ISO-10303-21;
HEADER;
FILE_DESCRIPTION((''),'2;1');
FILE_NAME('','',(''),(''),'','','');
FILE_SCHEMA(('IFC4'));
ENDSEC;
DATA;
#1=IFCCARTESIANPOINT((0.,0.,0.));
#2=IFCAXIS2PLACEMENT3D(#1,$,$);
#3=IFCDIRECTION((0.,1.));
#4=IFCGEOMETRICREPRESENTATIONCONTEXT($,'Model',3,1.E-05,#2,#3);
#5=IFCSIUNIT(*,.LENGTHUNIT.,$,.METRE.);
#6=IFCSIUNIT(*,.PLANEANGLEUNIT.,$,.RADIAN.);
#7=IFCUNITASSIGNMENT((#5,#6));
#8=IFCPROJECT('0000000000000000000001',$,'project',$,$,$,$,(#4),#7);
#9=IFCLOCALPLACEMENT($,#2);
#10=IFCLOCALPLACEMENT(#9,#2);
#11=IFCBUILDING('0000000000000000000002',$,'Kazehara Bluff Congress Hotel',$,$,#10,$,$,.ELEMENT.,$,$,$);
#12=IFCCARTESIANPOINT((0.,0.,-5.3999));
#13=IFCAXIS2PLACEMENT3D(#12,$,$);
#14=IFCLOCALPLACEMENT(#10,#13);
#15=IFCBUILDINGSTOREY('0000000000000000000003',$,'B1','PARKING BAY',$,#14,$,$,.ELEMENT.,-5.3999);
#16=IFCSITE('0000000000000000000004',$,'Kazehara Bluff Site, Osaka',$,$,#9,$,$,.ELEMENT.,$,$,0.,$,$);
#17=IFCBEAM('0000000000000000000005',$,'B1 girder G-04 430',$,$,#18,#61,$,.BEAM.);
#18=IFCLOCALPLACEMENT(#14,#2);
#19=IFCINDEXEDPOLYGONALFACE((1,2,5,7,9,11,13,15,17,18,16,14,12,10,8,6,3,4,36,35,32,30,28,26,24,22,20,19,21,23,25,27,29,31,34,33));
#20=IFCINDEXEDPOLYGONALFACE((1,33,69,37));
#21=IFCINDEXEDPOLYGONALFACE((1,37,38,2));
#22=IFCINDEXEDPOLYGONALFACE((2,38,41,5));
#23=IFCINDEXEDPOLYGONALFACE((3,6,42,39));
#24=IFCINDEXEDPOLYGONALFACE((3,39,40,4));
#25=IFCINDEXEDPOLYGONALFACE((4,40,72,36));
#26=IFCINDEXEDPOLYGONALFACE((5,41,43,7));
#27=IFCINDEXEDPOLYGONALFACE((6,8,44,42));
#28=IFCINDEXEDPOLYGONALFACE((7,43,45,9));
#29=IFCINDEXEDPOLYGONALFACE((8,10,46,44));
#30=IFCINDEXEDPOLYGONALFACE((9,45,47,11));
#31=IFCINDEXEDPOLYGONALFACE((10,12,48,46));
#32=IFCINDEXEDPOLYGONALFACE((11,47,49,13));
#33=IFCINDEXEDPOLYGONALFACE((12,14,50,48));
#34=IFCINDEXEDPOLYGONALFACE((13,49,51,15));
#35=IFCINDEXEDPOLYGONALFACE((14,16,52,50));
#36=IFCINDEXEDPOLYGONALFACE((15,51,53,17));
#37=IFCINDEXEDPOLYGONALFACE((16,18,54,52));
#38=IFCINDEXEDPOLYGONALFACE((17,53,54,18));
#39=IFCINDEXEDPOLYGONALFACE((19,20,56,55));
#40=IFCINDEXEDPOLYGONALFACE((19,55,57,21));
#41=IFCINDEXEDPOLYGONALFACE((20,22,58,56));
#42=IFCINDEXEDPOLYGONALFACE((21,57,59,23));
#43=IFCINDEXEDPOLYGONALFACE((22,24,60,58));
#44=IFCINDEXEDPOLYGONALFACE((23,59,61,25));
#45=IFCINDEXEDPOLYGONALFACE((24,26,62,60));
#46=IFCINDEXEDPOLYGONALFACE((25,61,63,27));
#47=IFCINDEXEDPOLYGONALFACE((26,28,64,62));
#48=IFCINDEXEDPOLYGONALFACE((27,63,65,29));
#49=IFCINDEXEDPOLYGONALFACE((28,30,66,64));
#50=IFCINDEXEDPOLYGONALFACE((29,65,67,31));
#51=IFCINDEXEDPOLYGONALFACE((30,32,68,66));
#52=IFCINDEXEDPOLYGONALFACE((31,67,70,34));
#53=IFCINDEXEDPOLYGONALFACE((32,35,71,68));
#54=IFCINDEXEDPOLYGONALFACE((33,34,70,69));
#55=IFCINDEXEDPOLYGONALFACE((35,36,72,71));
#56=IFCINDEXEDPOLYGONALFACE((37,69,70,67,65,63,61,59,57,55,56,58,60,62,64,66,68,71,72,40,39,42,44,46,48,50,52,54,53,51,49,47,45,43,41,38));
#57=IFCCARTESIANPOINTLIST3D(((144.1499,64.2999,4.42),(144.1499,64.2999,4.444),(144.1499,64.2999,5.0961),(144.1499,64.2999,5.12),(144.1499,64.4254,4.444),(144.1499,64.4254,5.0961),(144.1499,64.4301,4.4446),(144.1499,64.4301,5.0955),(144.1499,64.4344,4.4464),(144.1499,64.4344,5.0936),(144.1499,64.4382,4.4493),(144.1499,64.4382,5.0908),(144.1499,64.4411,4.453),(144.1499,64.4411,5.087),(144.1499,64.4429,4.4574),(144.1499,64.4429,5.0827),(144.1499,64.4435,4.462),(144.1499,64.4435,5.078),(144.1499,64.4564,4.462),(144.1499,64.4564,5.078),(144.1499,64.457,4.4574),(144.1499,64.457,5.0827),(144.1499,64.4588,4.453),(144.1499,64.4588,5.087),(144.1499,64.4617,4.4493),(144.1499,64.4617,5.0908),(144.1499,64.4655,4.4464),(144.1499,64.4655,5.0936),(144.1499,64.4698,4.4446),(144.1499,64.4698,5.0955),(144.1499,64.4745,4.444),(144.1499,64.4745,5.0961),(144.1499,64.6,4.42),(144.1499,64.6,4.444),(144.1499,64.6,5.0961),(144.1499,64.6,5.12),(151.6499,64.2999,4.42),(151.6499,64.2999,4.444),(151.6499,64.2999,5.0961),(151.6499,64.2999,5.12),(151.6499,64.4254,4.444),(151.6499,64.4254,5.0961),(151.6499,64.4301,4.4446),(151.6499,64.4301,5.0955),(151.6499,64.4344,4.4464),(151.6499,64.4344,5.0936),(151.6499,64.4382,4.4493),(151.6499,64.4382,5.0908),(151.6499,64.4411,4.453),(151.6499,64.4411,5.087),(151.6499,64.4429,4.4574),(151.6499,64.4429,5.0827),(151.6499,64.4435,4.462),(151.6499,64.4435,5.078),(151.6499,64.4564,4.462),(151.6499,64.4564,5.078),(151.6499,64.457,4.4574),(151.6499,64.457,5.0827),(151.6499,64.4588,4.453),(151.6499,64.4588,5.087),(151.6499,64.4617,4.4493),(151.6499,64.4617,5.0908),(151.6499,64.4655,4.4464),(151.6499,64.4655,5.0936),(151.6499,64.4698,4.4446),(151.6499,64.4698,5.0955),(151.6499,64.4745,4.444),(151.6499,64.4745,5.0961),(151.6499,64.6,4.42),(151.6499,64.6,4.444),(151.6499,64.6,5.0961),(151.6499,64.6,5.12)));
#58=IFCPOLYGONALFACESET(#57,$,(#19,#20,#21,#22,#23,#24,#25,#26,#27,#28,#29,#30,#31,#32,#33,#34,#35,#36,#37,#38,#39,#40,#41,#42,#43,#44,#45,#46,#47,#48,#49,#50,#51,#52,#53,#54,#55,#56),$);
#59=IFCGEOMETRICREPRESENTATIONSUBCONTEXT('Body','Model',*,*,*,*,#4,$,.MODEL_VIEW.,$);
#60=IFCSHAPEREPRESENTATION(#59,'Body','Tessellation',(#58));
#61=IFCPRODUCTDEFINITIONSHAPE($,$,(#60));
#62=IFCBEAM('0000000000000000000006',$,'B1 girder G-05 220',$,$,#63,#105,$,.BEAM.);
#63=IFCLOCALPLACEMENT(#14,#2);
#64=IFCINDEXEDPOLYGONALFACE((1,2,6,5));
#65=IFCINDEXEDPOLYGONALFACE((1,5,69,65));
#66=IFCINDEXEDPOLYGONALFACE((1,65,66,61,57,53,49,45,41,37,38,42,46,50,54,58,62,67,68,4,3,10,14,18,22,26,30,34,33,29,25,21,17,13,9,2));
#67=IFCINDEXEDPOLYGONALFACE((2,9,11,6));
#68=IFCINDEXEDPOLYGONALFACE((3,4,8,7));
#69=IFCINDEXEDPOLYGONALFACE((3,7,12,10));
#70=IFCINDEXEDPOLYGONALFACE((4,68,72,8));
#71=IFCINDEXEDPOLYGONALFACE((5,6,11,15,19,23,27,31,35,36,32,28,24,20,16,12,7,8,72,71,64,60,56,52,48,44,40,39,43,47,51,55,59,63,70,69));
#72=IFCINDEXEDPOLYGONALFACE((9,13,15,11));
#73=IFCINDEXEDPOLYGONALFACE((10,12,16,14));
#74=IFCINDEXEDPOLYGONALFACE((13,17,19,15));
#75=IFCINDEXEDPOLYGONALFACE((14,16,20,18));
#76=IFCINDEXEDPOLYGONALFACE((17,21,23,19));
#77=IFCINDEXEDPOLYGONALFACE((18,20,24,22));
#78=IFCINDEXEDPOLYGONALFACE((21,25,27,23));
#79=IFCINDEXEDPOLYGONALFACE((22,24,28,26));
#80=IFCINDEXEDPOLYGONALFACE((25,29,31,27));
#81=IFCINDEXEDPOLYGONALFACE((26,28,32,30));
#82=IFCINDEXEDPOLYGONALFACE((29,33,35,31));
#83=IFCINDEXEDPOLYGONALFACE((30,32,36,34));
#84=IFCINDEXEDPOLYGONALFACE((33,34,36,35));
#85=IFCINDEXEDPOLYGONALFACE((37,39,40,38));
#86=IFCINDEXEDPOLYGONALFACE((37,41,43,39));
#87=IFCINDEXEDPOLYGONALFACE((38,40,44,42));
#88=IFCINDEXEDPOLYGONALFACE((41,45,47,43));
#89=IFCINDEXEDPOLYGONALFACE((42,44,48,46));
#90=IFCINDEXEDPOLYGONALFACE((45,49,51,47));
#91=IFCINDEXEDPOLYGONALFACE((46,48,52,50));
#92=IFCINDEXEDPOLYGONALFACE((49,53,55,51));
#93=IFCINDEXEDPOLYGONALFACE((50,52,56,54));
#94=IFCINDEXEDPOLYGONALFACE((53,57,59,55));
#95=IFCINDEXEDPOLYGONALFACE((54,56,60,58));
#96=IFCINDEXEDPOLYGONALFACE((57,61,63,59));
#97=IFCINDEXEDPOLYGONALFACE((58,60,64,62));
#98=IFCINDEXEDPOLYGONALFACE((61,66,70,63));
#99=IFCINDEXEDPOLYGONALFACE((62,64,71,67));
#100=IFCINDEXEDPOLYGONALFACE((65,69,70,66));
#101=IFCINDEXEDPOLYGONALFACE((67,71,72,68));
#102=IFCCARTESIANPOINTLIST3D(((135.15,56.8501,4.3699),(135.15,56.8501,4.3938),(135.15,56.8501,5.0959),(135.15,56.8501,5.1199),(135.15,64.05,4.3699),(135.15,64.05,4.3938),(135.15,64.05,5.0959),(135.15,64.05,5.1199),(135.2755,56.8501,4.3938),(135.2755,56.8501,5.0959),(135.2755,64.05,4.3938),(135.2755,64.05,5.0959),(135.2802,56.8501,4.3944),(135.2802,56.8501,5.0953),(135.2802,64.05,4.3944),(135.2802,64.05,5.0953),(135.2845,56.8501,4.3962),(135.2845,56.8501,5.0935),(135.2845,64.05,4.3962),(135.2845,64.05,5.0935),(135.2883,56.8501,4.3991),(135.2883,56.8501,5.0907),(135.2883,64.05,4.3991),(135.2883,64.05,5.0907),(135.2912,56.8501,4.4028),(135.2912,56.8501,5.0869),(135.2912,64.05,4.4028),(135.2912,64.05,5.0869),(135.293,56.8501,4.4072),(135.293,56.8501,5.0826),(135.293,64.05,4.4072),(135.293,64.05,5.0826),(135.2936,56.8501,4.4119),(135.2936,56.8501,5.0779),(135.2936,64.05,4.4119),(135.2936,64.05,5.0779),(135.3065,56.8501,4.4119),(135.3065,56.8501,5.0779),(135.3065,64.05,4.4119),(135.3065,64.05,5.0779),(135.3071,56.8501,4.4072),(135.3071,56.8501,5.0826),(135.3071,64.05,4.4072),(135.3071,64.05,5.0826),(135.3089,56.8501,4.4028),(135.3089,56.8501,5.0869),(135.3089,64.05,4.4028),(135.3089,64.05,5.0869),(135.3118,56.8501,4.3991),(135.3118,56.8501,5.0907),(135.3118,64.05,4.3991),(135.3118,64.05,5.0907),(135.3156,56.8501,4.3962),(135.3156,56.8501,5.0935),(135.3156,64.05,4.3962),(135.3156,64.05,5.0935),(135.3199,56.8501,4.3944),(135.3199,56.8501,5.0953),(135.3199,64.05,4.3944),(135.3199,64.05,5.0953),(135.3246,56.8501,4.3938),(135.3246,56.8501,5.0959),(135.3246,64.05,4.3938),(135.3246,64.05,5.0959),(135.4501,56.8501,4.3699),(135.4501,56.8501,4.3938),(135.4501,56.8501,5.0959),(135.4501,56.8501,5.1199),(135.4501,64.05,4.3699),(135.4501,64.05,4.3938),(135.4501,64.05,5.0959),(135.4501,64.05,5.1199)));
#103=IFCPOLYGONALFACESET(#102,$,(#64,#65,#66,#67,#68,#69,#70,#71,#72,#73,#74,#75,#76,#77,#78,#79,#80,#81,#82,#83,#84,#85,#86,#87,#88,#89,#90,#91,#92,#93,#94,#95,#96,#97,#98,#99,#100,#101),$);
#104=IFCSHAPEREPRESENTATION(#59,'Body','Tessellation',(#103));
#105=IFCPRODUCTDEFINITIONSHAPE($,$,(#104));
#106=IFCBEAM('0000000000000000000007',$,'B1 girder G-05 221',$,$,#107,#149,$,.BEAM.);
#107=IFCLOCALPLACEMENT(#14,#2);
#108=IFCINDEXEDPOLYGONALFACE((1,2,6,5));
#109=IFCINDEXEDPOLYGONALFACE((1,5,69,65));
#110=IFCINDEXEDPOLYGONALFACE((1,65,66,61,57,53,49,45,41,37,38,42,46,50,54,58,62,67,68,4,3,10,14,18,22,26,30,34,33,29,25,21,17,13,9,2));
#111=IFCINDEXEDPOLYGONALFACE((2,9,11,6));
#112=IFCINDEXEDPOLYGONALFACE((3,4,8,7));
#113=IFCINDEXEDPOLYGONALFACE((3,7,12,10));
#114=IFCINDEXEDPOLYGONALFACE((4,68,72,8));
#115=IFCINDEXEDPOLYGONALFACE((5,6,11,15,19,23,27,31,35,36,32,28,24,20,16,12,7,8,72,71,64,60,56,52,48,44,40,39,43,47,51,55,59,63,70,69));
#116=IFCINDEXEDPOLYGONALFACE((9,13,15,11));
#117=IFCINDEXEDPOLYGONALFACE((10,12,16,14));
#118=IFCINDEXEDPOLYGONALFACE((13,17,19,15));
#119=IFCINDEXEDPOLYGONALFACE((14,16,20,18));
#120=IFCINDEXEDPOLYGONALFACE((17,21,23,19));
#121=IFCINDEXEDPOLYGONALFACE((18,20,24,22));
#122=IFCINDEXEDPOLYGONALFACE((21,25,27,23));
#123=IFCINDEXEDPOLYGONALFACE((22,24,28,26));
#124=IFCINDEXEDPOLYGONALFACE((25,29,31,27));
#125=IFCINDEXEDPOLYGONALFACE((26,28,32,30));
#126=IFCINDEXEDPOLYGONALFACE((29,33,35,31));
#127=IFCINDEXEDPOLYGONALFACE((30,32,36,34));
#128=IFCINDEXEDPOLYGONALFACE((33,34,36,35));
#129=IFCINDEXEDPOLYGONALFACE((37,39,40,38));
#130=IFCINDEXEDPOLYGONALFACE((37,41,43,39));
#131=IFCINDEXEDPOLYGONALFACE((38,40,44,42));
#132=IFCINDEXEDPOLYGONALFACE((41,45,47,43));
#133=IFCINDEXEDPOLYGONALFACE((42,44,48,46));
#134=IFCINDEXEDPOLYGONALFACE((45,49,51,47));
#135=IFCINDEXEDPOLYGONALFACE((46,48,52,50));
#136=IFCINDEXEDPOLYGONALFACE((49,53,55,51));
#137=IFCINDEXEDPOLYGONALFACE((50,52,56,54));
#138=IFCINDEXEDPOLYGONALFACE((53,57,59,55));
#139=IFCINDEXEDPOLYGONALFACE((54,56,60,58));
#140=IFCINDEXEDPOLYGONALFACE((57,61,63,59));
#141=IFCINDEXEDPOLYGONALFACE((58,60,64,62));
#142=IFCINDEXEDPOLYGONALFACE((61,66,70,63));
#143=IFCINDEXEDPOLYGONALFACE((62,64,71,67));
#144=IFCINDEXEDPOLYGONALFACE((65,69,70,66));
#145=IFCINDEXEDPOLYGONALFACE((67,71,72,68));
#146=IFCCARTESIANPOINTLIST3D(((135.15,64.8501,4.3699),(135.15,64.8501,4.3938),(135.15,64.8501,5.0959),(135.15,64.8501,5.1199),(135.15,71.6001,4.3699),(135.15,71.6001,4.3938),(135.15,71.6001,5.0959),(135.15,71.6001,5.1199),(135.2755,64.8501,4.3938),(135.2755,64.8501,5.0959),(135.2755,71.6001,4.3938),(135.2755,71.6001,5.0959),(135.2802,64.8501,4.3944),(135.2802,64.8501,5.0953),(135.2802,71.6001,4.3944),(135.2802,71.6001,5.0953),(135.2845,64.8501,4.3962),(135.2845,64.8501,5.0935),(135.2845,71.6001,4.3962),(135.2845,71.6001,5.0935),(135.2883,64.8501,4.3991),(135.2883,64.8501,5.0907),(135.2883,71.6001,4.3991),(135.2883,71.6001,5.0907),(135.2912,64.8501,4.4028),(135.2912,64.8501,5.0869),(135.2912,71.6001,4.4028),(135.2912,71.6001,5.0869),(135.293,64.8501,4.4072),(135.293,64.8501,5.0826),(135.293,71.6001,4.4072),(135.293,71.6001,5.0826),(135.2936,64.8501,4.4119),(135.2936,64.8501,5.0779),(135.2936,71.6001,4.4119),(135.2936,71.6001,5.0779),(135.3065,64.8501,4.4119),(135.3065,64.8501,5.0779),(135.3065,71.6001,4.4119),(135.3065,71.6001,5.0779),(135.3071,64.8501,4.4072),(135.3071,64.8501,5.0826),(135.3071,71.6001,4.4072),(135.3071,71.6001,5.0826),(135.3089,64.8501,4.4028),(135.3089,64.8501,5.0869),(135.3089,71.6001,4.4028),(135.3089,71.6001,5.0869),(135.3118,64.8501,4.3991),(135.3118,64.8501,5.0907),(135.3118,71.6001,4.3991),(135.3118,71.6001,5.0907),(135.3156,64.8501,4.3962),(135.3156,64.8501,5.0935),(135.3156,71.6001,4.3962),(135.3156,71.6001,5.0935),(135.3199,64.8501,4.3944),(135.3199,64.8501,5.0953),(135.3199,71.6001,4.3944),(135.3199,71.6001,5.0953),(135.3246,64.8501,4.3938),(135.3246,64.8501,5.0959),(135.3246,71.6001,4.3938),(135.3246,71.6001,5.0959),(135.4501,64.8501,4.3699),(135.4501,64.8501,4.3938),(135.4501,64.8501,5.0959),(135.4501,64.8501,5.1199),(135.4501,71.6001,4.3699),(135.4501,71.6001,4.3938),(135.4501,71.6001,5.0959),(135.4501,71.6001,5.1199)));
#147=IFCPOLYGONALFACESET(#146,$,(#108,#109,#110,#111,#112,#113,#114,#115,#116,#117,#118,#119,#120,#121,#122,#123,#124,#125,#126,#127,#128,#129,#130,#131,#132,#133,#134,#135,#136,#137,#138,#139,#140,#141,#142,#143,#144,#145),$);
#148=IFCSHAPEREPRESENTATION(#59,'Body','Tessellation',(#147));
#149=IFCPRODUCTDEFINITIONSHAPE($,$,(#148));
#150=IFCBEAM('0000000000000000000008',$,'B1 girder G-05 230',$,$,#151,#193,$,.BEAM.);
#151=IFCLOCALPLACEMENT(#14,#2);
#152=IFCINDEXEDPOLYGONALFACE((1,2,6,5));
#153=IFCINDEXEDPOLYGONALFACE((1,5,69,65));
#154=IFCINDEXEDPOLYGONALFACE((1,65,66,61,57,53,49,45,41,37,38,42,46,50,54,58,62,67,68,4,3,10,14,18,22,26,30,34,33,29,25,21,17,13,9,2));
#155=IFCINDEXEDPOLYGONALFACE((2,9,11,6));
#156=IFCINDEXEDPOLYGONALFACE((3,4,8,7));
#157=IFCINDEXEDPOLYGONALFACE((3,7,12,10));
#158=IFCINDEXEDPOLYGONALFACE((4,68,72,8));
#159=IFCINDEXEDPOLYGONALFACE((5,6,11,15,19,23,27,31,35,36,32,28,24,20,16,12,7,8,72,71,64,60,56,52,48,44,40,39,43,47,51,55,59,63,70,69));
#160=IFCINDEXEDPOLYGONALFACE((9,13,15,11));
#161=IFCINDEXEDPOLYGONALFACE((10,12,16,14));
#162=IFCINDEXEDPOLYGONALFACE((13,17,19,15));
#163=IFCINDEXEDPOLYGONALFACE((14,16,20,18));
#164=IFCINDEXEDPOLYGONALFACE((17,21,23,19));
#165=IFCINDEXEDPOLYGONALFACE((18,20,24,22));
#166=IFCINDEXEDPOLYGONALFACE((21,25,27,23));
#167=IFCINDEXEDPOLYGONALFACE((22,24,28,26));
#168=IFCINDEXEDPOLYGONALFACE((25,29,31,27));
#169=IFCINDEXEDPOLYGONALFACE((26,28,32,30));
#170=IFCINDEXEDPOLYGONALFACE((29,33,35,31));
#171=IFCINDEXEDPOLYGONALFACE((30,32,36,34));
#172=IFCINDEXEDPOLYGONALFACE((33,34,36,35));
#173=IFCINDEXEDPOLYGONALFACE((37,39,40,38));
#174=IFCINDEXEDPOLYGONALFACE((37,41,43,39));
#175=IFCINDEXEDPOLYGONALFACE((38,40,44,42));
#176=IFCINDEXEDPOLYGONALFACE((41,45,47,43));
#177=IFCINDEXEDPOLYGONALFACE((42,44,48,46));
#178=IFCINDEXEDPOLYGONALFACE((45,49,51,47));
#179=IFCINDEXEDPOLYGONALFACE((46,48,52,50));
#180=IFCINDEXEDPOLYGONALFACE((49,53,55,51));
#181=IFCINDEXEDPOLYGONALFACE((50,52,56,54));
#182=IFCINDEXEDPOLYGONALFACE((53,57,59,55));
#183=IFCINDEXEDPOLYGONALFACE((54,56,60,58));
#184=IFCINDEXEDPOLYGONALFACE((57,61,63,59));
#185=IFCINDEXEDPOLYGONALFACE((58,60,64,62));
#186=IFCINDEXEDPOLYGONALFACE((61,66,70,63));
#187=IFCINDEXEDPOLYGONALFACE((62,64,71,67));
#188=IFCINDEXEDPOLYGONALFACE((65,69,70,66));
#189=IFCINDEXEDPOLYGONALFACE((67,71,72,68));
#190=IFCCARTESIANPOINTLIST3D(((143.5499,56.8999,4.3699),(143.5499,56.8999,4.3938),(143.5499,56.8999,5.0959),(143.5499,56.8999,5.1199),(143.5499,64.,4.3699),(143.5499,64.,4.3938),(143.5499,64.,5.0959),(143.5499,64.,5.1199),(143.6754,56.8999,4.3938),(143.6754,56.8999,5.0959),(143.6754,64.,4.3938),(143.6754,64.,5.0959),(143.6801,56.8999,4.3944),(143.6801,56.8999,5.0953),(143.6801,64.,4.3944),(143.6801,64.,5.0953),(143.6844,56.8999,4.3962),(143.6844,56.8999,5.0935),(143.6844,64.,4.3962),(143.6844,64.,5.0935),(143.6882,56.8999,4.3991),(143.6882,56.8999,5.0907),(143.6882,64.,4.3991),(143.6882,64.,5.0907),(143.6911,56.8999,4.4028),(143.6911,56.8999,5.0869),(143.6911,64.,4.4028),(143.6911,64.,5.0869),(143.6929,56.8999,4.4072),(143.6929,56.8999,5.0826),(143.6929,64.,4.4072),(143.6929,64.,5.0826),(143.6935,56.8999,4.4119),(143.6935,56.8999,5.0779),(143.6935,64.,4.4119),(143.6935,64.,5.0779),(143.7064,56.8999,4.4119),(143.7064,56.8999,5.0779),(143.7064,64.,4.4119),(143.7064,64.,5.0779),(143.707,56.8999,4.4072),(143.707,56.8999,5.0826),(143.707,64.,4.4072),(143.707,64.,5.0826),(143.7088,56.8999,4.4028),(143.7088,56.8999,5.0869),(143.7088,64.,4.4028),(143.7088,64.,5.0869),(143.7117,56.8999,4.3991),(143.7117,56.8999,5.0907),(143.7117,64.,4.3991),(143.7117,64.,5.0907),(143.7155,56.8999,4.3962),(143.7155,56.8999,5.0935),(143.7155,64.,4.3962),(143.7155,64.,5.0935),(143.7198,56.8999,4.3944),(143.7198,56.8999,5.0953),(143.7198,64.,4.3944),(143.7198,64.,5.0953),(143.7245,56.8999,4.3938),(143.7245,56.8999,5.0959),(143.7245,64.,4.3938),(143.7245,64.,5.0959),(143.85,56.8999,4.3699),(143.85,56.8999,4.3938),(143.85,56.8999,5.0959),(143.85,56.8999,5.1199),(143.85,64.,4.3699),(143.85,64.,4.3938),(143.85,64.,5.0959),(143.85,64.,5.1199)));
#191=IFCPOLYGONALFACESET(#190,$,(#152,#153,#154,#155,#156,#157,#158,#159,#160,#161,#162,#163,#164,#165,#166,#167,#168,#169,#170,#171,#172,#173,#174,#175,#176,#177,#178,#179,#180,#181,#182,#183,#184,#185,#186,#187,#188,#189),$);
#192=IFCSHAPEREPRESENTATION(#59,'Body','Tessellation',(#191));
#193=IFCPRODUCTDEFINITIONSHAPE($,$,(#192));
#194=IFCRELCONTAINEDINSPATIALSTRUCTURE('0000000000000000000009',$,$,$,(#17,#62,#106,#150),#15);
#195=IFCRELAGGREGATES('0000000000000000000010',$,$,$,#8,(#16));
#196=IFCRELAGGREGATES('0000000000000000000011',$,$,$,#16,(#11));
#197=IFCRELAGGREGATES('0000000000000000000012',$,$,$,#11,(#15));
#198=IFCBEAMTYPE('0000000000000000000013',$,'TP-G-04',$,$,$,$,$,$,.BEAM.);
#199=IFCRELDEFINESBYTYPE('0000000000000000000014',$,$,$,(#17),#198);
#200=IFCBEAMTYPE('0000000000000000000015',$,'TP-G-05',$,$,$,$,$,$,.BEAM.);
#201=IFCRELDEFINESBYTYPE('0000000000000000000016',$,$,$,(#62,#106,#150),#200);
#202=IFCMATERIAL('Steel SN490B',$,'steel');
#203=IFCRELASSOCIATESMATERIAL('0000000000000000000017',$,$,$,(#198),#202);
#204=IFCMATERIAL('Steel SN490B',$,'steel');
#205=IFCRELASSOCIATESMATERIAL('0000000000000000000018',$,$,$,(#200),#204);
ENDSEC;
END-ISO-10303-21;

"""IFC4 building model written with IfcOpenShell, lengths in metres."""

from ifc_helpers import new_model, si_unit, direction, frame, origin, origin_2d, place, context, subcontext, project, spatial, i_section, extrude, material, material_profile, profile_set, type_object, element, save


model = new_model("IFC4")

# Units and contexts
model_context = context("Model", 3, precision=1e-05, world=origin(), true_north=direction((0.0, 1.0)))
body_context = subcontext(model_context, "Body", "Model", "MODEL_VIEW")
ifc_project = project(units=[si_unit("LENGTHUNIT", "METRE"), si_unit("PLANEANGLEUNIT", "RADIAN")], contexts=[model_context])

# Site, building, storey
site_placement = place(None, origin())
site = spatial("IfcSite", under=ifc_project, at=site_placement, Name="Kazehara Bluff Site, Osaka", CompositionType="ELEMENT", RefElevation=0.0)
building_placement = place(site_placement, origin())
building = spatial("IfcBuilding", under=site, at=building_placement, Name="Kazehara Bluff Congress Hotel", CompositionType="ELEMENT")
storey_placement = place(building_placement, frame((0.0, 0.0, -5.3999)))
storey = spatial("IfcBuildingStorey", under=building, at=storey_placement, Name="B1", Description="PARKING BAY", CompositionType="ELEMENT", Elevation=-5.3999)

# Beams
ifc_material_1 = material(Name="Steel SN490B", Category="steel")
ifc_material_profile_1 = material_profile(ifc_material_1, i_section(OverallWidth=0.3, OverallDepth=0.7, WebThickness=0.0129, FlangeThickness=0.0239, FilletRadius=0.0181, at=origin_2d()))
ifc_profile_set_1 = profile_set([ifc_material_profile_1], Name="Steel SN490B")
beam_type_1 = type_object("IfcBeamType", Name="TP-G-04", PredefinedType="BEAM", material=ifc_profile_set_1)
beam_1_placement = place(storey_placement, frame((144.1499, 64.45, 4.77), z_axis=(1.0, 0.0, 0.0), x_axis=(0.0, 1.0, 0.0)))
element("IfcBeam", 1, at=beam_1_placement, inside=storey, type_object=beam_type_1, Name="B1 girder G-04 430", PredefinedType="BEAM", context=body_context, shape_type="SweptSolid", body=[
    extrude(i_section(OverallWidth=0.3, OverallDepth=0.7, WebThickness=0.0129, FlangeThickness=0.0239, FilletRadius=0.0181, at=origin_2d()), origin(), (0.0, 0.0, 1.0), 7.5),
])
ifc_material_2 = material(Name="Steel SN490B", Category="steel")
ifc_material_profile_2 = material_profile(ifc_material_2, i_section(OverallWidth=0.3, OverallDepth=0.75, WebThickness=0.0129, FlangeThickness=0.0239, FilletRadius=0.0181, at=origin_2d()))
ifc_profile_set_2 = profile_set([ifc_material_profile_2], Name="Steel SN490B")
beam_type_2 = type_object("IfcBeamType", Name="TP-G-05", PredefinedType="BEAM", material=ifc_profile_set_2)
beam_2_placement = place(storey_placement, frame((135.3, 56.8501, 4.7449), z_axis=(0.0, 1.0, 0.0), x_axis=(-1.0, 0.0, 0.0)))
element("IfcBeam", 2, at=beam_2_placement, inside=storey, type_object=beam_type_2, Name="B1 girder G-05 220", PredefinedType="BEAM", context=body_context, shape_type="SweptSolid", body=[
    extrude(i_section(OverallWidth=0.3, OverallDepth=0.75, WebThickness=0.0129, FlangeThickness=0.0239, FilletRadius=0.0181, at=origin_2d()), origin(), (0.0, 0.0, 1.0), 7.2),
])
beam_3_placement = place(storey_placement, frame((135.3, 64.8501, 4.7449), z_axis=(0.0, 1.0, 0.0), x_axis=(-1.0, 0.0, 0.0)))
element("IfcBeam", 3, at=beam_3_placement, inside=storey, type_object=beam_type_2, Name="B1 girder G-05 221", PredefinedType="BEAM", context=body_context, shape_type="SweptSolid", body=[
    extrude(i_section(OverallWidth=0.3, OverallDepth=0.75, WebThickness=0.0129, FlangeThickness=0.0239, FilletRadius=0.0181, at=origin_2d()), origin(), (0.0, 0.0, 1.0), 6.75),
])
beam_4_placement = place(storey_placement, frame((143.7, 56.8999, 4.7449), z_axis=(0.0, 1.0, 0.0), x_axis=(-1.0, 0.0, 0.0)))
element("IfcBeam", 4, at=beam_4_placement, inside=storey, type_object=beam_type_2, Name="B1 girder G-05 230", PredefinedType="BEAM", context=body_context, shape_type="SweptSolid", body=[
    extrude(i_section(OverallWidth=0.3, OverallDepth=0.75, WebThickness=0.0129, FlangeThickness=0.0239, FilletRadius=0.0181, at=origin_2d()), origin(), (0.0, 0.0, 1.0), 7.1001),
])

save(model, "model.ifc")
